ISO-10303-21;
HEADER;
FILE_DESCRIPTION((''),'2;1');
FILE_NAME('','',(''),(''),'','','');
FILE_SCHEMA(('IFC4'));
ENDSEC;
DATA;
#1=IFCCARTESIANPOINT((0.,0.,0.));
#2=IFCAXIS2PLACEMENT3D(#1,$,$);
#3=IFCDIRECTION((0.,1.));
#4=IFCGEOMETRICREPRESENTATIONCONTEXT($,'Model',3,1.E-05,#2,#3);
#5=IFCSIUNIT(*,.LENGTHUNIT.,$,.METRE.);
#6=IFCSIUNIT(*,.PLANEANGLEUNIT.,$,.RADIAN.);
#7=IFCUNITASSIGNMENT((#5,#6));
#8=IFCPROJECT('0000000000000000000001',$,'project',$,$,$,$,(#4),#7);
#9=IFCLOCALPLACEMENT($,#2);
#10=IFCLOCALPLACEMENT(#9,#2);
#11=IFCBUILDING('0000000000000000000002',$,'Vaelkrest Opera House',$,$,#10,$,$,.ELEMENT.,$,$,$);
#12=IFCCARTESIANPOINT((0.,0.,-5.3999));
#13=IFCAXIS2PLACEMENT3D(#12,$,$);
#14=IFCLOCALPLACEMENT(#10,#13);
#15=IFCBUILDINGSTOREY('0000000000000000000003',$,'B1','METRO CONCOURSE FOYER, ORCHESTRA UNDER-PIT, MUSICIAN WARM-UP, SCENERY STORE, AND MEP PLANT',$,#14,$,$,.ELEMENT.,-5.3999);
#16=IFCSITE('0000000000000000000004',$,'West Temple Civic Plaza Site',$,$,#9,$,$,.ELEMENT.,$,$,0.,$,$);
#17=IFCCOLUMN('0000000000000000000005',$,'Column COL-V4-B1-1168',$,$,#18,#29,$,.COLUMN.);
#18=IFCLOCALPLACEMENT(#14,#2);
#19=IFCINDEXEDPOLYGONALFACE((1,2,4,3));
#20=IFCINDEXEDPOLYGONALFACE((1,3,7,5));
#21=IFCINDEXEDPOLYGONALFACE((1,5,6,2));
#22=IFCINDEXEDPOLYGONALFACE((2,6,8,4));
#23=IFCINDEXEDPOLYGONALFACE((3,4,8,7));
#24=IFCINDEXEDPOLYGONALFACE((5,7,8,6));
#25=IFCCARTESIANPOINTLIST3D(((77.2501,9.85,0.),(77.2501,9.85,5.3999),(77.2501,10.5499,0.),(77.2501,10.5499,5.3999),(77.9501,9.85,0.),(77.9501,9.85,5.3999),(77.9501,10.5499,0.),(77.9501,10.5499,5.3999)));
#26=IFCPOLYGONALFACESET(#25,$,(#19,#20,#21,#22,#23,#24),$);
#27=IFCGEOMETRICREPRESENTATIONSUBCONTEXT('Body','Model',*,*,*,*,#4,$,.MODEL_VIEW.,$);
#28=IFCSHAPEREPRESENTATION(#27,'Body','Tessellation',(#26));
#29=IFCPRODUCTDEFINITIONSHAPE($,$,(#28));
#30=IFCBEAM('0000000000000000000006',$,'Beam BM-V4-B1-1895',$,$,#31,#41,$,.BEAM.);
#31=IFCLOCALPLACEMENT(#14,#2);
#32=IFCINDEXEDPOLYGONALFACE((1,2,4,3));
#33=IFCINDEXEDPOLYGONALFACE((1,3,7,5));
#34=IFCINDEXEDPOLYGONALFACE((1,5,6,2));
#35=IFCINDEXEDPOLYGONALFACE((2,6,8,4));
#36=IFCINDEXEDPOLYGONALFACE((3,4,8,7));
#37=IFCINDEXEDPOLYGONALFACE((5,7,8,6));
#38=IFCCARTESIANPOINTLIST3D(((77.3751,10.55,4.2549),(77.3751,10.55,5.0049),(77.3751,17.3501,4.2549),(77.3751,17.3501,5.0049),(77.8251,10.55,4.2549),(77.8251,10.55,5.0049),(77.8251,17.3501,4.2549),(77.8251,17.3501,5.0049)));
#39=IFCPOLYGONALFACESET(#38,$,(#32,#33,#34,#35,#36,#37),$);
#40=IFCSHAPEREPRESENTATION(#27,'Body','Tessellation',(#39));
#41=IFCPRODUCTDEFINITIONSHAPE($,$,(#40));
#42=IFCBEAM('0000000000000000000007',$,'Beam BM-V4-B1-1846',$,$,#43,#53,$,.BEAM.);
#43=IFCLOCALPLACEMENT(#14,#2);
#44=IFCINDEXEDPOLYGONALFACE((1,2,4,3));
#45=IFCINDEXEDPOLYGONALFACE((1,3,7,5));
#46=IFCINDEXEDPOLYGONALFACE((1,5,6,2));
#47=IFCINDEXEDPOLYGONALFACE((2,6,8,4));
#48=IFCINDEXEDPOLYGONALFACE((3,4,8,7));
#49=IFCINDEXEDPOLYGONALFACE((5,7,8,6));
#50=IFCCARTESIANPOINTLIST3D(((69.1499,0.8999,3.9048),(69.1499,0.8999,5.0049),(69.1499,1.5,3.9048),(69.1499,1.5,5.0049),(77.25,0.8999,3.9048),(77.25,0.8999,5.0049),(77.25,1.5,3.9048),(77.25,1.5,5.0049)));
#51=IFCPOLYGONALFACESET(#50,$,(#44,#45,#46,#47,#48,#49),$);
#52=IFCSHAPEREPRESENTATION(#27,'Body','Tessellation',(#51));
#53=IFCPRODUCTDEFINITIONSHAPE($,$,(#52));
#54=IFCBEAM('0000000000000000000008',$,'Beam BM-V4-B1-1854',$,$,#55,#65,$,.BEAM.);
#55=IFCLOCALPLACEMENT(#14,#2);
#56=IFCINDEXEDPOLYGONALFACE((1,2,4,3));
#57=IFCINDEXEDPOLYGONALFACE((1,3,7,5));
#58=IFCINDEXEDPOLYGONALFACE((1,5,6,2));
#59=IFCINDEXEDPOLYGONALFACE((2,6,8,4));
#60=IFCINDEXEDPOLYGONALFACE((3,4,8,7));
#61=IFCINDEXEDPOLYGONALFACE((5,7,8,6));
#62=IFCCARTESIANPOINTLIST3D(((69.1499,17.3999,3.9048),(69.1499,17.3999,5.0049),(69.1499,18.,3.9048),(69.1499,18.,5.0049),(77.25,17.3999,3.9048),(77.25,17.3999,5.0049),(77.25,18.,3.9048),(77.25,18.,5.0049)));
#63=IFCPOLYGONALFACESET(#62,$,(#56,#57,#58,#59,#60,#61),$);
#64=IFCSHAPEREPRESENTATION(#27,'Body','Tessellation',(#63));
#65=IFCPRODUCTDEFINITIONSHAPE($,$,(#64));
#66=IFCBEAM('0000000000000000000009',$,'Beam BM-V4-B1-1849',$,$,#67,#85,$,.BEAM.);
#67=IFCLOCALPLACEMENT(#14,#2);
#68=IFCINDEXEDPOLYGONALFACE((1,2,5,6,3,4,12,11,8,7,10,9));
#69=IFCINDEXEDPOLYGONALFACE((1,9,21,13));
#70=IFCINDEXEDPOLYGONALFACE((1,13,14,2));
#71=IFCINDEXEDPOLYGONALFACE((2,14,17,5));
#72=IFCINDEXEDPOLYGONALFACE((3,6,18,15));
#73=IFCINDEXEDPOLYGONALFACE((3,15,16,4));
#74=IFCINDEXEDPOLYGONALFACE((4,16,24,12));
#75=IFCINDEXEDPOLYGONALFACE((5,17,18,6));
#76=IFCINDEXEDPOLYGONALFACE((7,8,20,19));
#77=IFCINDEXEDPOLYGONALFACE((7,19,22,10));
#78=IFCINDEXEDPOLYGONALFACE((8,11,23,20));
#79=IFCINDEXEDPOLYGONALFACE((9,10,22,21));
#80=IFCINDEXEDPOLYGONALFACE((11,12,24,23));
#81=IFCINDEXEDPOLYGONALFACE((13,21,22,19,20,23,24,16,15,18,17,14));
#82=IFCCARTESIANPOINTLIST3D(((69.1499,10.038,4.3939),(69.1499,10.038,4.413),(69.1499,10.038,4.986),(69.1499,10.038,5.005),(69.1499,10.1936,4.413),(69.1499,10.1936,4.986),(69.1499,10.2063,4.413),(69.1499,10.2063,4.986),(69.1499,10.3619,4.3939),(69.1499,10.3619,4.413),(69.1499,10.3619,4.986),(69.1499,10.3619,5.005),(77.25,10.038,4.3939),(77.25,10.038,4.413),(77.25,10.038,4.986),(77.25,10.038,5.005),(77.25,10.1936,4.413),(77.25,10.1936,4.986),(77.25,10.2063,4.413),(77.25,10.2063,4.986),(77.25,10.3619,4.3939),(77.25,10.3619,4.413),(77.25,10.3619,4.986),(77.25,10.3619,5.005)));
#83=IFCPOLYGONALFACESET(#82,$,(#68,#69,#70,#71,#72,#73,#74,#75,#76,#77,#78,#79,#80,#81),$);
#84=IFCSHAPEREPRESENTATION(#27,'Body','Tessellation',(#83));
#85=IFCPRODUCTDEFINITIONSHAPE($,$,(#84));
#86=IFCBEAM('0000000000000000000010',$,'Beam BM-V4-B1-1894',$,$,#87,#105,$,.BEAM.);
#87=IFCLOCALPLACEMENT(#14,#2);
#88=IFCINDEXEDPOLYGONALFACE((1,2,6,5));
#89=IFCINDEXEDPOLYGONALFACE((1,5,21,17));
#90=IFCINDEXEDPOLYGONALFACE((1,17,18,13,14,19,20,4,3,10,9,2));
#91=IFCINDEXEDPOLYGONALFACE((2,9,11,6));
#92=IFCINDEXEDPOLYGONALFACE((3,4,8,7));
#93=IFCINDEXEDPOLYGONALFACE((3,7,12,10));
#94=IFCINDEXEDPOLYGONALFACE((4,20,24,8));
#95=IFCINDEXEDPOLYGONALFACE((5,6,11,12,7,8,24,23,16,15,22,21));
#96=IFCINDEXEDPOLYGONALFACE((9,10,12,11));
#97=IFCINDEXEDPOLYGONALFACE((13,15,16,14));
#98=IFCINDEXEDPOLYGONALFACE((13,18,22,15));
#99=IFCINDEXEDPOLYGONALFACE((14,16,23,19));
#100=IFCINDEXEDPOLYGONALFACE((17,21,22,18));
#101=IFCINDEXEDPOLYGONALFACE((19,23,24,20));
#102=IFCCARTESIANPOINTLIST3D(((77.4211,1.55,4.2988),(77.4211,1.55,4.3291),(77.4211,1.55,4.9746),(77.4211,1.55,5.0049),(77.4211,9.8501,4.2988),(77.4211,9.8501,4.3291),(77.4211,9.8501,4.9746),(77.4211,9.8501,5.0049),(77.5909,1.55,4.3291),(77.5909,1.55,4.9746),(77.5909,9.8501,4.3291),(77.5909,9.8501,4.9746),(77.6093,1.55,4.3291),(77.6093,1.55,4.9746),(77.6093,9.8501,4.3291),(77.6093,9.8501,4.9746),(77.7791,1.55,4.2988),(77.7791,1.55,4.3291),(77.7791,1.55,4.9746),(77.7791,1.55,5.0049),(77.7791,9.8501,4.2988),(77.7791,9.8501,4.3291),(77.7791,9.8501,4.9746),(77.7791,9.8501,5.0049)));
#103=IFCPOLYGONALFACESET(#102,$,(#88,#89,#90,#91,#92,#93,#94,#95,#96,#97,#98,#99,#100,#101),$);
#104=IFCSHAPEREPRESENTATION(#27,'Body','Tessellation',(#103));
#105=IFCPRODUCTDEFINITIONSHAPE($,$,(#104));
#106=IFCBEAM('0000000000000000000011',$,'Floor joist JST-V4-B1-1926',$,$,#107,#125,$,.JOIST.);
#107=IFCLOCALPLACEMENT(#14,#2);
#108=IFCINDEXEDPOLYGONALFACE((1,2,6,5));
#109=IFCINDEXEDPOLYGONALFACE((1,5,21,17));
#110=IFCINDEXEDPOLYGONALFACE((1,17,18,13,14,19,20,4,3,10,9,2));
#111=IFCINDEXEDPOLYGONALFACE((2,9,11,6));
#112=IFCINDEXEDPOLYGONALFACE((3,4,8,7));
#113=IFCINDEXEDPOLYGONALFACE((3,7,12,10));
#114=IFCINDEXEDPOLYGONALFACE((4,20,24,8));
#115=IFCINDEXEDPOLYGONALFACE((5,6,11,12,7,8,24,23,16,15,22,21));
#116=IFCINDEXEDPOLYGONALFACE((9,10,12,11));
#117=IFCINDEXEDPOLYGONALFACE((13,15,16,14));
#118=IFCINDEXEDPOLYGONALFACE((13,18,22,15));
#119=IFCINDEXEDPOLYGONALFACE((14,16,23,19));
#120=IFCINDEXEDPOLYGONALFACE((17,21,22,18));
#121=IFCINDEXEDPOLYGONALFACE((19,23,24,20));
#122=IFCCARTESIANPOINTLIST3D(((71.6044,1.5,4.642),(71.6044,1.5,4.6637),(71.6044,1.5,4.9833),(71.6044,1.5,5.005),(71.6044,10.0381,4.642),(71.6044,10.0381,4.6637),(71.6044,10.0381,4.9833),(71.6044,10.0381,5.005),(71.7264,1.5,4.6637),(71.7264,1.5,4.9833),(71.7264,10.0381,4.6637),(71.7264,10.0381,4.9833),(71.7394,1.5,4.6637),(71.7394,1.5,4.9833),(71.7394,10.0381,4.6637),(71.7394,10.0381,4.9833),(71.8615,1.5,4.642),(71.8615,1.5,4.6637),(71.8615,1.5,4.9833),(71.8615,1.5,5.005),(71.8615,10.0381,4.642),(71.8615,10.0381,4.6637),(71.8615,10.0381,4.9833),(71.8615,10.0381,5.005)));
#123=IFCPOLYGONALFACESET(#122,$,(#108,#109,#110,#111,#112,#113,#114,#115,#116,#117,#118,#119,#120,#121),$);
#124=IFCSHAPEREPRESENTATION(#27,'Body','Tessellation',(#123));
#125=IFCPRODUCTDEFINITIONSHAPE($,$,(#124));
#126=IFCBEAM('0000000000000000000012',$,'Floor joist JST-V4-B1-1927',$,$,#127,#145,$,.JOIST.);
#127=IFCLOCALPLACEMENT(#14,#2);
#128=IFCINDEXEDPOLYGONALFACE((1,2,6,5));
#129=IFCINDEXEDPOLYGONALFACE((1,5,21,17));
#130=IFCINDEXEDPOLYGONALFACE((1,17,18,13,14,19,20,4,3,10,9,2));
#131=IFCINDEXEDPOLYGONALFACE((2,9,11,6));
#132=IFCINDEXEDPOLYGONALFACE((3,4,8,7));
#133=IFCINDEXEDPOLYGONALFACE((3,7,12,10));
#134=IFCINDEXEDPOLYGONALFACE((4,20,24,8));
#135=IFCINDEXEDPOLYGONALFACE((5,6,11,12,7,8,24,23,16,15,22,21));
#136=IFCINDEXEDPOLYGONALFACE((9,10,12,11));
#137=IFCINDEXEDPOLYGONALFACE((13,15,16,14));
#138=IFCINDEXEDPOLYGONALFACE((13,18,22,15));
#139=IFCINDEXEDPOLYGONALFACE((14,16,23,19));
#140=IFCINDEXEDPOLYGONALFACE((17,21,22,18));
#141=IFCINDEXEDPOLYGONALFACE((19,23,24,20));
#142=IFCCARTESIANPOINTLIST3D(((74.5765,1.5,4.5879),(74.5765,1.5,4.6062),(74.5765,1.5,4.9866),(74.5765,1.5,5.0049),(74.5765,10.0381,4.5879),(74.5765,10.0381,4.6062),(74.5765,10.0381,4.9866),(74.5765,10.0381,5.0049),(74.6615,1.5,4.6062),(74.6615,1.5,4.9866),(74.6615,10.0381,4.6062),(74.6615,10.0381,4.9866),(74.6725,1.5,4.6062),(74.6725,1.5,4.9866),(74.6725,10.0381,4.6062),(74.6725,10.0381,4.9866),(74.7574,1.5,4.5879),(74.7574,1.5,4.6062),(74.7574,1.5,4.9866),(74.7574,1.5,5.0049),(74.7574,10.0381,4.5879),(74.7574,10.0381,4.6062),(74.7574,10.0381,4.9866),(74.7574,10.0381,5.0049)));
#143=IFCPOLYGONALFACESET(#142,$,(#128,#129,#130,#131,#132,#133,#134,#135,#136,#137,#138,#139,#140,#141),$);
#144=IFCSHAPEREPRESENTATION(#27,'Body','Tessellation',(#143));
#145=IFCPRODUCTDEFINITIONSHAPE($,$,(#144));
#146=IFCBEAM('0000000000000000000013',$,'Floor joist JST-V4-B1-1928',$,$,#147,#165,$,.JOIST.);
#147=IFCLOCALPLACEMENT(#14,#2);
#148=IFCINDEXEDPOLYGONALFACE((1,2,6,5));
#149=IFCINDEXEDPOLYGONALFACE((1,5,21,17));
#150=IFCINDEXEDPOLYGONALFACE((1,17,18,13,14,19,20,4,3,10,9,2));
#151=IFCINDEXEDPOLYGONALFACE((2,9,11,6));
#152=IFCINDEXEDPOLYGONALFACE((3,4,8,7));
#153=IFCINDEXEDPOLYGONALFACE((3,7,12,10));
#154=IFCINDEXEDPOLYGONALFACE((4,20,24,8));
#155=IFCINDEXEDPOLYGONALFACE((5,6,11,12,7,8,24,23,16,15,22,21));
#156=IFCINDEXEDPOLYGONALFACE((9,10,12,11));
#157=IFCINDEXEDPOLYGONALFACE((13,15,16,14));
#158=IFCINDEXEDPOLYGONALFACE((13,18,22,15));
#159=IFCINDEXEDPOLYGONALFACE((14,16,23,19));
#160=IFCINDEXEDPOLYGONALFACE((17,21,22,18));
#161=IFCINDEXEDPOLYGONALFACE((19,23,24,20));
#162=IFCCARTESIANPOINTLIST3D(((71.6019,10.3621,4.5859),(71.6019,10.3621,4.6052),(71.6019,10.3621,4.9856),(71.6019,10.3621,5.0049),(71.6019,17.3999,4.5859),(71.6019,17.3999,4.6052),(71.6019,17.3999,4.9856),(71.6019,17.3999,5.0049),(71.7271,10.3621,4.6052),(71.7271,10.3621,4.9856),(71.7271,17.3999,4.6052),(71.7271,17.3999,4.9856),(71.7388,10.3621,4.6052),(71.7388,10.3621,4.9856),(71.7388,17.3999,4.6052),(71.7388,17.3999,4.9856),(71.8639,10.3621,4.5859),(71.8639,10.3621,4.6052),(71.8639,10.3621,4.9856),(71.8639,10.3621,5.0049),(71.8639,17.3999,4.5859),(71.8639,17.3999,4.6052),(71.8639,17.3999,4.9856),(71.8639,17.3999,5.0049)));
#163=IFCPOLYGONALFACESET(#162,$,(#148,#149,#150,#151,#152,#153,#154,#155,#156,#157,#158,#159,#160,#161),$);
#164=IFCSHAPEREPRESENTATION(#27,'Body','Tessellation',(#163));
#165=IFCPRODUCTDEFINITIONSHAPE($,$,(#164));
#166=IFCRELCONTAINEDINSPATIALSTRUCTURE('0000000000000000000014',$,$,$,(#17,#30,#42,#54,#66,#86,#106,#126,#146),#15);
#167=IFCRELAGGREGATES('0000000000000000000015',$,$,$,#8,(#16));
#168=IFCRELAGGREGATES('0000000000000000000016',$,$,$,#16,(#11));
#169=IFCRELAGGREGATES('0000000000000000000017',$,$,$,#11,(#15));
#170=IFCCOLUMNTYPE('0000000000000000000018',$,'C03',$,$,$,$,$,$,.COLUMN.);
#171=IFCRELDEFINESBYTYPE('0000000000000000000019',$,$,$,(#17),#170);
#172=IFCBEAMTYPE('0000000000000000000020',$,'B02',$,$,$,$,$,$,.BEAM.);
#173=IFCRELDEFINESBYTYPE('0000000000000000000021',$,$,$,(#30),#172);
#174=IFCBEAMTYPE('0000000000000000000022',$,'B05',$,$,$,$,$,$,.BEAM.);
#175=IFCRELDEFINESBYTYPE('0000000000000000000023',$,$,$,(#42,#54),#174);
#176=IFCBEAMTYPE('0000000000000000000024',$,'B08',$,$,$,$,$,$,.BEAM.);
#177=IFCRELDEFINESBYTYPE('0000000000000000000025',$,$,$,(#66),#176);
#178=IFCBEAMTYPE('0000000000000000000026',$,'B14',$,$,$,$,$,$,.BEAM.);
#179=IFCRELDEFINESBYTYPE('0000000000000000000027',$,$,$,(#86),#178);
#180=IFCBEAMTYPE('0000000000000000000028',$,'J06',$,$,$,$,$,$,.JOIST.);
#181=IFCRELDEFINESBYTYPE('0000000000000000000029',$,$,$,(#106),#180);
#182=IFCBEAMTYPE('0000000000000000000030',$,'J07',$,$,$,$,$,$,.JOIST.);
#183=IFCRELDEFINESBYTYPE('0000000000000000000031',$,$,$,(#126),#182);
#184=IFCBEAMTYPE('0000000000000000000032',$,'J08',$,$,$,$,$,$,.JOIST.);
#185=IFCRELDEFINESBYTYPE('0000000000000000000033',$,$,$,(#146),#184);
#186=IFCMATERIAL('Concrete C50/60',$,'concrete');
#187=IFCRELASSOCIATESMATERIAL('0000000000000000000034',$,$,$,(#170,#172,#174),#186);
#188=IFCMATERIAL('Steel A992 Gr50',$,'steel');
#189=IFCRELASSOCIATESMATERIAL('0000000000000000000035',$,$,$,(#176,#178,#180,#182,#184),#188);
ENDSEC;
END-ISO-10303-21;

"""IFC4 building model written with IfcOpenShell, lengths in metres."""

from ifc_helpers import new_model, si_unit, direction, frame, origin, origin_2d, place, context, subcontext, project, spatial, rectangle, i_section, extrude, material, material_profile, profile_set, type_object, element, save


model = new_model("IFC4")

# Units and contexts
model_context = context("Model", 3, precision=1e-05, world=origin(), true_north=direction((0.0, 1.0)))
body_context = subcontext(model_context, "Body", "Model", "MODEL_VIEW")
ifc_project = project(units=[si_unit("LENGTHUNIT", "METRE"), si_unit("PLANEANGLEUNIT", "RADIAN")], contexts=[model_context])

# Site, building, storey
site_placement = place(None, origin())
site = spatial("IfcSite", under=ifc_project, at=site_placement, Name="West Temple Civic Plaza Site", CompositionType="ELEMENT", RefElevation=0.0)
building_placement = place(site_placement, origin())
building = spatial("IfcBuilding", under=site, at=building_placement, Name="Vaelkrest Opera House", CompositionType="ELEMENT")
storey_placement = place(building_placement, frame((0.0, 0.0, -5.3999)))
storey = spatial("IfcBuildingStorey", under=building, at=storey_placement, Name="B1", Description="METRO CONCOURSE FOYER, ORCHESTRA UNDER-PIT, MUSICIAN WARM-UP, SCENERY STORE, AND MEP PLANT", CompositionType="ELEMENT", Elevation=-5.3999)

# Column
ifc_material_1 = material(Name="Concrete C50/60", Category="concrete")
ifc_material_profile_1 = material_profile(ifc_material_1, rectangle(XDim=0.7, YDim=0.7, at=origin_2d()), Name="RC700X700")
ifc_profile_set_1 = profile_set([ifc_material_profile_1], Name="Concrete C50/60")
column_type = type_object("IfcColumnType", Name="C03", PredefinedType="COLUMN", material=ifc_profile_set_1)
for number, where, z_axis, x_axis, name in (
    (1, (77.6001, 10.2, 0.0), (0.0, 0.0, 1.0), (1.0, 0.0, 0.0), "Column COL-V4-B1-1168"),
):
    element("IfcColumn", number, at=place(storey_placement, frame(where, z_axis=z_axis, x_axis=x_axis)), inside=storey, type_object=column_type, Name=name, PredefinedType="COLUMN", context=body_context, shape_type="SweptSolid", body=[
        extrude(rectangle(XDim=0.7, YDim=0.7, at=origin_2d()), origin(), (0.0, 0.0, 1.0), 5.3999),
    ])

# Beams
ifc_material_profile_2 = material_profile(ifc_material_1, rectangle(XDim=0.45, YDim=0.75, at=origin_2d()), Name="RCB450X750")
ifc_profile_set_2 = profile_set([ifc_material_profile_2], Name="Concrete C50/60")
beam_type_1 = type_object("IfcBeamType", Name="B02", PredefinedType="BEAM", material=ifc_profile_set_2)
beam_1_placement = place(storey_placement, frame((77.6001, 10.55, 4.6299), z_axis=(0.0, 1.0, 0.0), x_axis=(-1.0, 0.0, 0.0)))
element("IfcBeam", 2, at=beam_1_placement, inside=storey, type_object=beam_type_1, Name="Beam BM-V4-B1-1895", PredefinedType="BEAM", context=body_context, shape_type="SweptSolid", body=[
    extrude(rectangle(XDim=0.45, YDim=0.75, at=origin_2d()), origin(), (0.0, 0.0, 1.0), 6.8),
])
ifc_material_profile_3 = material_profile(ifc_material_1, rectangle(XDim=0.6001, YDim=1.1001, at=origin_2d()), Name="RCB600X1100")
ifc_profile_set_3 = profile_set([ifc_material_profile_3], Name="Concrete C50/60")
beam_type_2 = type_object("IfcBeamType", Name="B05", PredefinedType="BEAM", material=ifc_profile_set_3)
for number, where, z_axis, x_axis, name in (
    (3, (69.1499, 1.2, 4.4548), (1.0, 0.0, 0.0), (0.0, 1.0, 0.0), "Beam BM-V4-B1-1846"),
    (4, (69.1499, 17.7, 4.4548), (1.0, 0.0, 0.0), (0.0, 1.0, 0.0), "Beam BM-V4-B1-1854"),
):
    element("IfcBeam", number, at=place(storey_placement, frame(where, z_axis=z_axis, x_axis=x_axis)), inside=storey, type_object=beam_type_2, Name=name, PredefinedType="BEAM", context=body_context, shape_type="SweptSolid", body=[
        extrude(rectangle(XDim=0.6001, YDim=1.1001, at=origin_2d()), origin(), (0.0, 0.0, 1.0), 8.1001),
    ])
ifc_material_2 = material(Name="Steel A992 Gr50", Category="steel")
ifc_material_profile_4 = material_profile(ifc_material_2, i_section(OverallWidth=0.324, OverallDepth=0.6111, WebThickness=0.0127, FlangeThickness=0.019, at=origin_2d()), Name="W24X104")
ifc_profile_set_4 = profile_set([ifc_material_profile_4], Name="Steel A992 Gr50")
beam_type_3 = type_object("IfcBeamType", Name="B08", PredefinedType="BEAM", material=ifc_profile_set_4)
beam_2_placement = place(storey_placement, frame((69.1499, 10.2, 4.6995), z_axis=(1.0, 0.0, 0.0), x_axis=(0.0, 1.0, 0.0)))
element("IfcBeam", 5, at=beam_2_placement, inside=storey, type_object=beam_type_3, Name="Beam BM-V4-B1-1849", PredefinedType="BEAM", context=body_context, shape_type="SweptSolid", body=[
    extrude(i_section(OverallWidth=0.324, OverallDepth=0.6111, WebThickness=0.0127, FlangeThickness=0.019, at=origin_2d()), origin(), (0.0, 0.0, 1.0), 8.1001),
])
ifc_material_profile_5 = material_profile(ifc_material_2, i_section(OverallWidth=0.3579, OverallDepth=0.7061, WebThickness=0.0183, FlangeThickness=0.0303, at=origin_2d()), Name="W27X178")
ifc_profile_set_5 = profile_set([ifc_material_profile_5], Name="Steel A992 Gr50")
beam_type_4 = type_object("IfcBeamType", Name="B14", PredefinedType="BEAM", material=ifc_profile_set_5)
beam_3_placement = place(storey_placement, frame((77.6001, 1.55, 4.6519), z_axis=(0.0, 1.0, 0.0), x_axis=(-1.0, 0.0, 0.0)))
element("IfcBeam", 6, at=beam_3_placement, inside=storey, type_object=beam_type_4, Name="Beam BM-V4-B1-1894", PredefinedType="BEAM", context=body_context, shape_type="SweptSolid", body=[
    extrude(i_section(OverallWidth=0.3579, OverallDepth=0.7061, WebThickness=0.0183, FlangeThickness=0.0303, at=origin_2d()), origin(), (0.0, 0.0, 1.0), 8.3),
])
ifc_material_profile_6 = material_profile(ifc_material_2, i_section(OverallWidth=0.2571, OverallDepth=0.363, WebThickness=0.0129, FlangeThickness=0.0217, at=origin_2d()), Name="W14X82")
ifc_profile_set_6 = profile_set([ifc_material_profile_6], Name="Steel A992 Gr50")
beam_type_5 = type_object("IfcBeamType", Name="J06", PredefinedType="JOIST", material=ifc_profile_set_6)
beam_4_placement = place(storey_placement, frame((71.7329, 1.5, 4.8235), z_axis=(0.0, 1.0, 0.0), x_axis=(-1.0, 0.0, 0.0)))
element("IfcBeam", 7, at=beam_4_placement, inside=storey, type_object=beam_type_5, Name="Floor joist JST-V4-B1-1926", PredefinedType="JOIST", context=body_context, shape_type="SweptSolid", body=[
    extrude(i_section(OverallWidth=0.2571, OverallDepth=0.363, WebThickness=0.0129, FlangeThickness=0.0217, at=origin_2d()), origin(), (0.0, 0.0, 1.0), 8.5381),
])
ifc_material_profile_7 = material_profile(ifc_material_2, i_section(OverallWidth=0.1809, OverallDepth=0.417, WebThickness=0.011, FlangeThickness=0.0183, at=origin_2d()), Name="W16X57")
ifc_profile_set_7 = profile_set([ifc_material_profile_7], Name="Steel A992 Gr50")
beam_type_6 = type_object("IfcBeamType", Name="J07", PredefinedType="JOIST", material=ifc_profile_set_7)
beam_5_placement = place(storey_placement, frame((74.667, 1.5, 4.7964), z_axis=(0.0, 1.0, 0.0), x_axis=(-1.0, 0.0, 0.0)))
element("IfcBeam", 8, at=beam_5_placement, inside=storey, type_object=beam_type_6, Name="Floor joist JST-V4-B1-1927", PredefinedType="JOIST", context=body_context, shape_type="SweptSolid", body=[
    extrude(i_section(OverallWidth=0.1809, OverallDepth=0.417, WebThickness=0.011, FlangeThickness=0.0183, at=origin_2d()), origin(), (0.0, 0.0, 1.0), 8.5381),
])
ifc_material_profile_8 = material_profile(ifc_material_2, i_section(OverallWidth=0.262, OverallDepth=0.4189, WebThickness=0.0117, FlangeThickness=0.0193, at=origin_2d()), Name="W16X77")
ifc_profile_set_8 = profile_set([ifc_material_profile_8], Name="Steel A992 Gr50")
beam_type_7 = type_object("IfcBeamType", Name="J08", PredefinedType="JOIST", material=ifc_profile_set_8)
beam_6_placement = place(storey_placement, frame((71.7329, 10.3621, 4.7954), z_axis=(0.0, 1.0, 0.0), x_axis=(-1.0, 0.0, 0.0)))
element("IfcBeam", 9, at=beam_6_placement, inside=storey, type_object=beam_type_7, Name="Floor joist JST-V4-B1-1928", PredefinedType="JOIST", context=body_context, shape_type="SweptSolid", body=[
    extrude(i_section(OverallWidth=0.262, OverallDepth=0.4189, WebThickness=0.0117, FlangeThickness=0.0193, at=origin_2d()), origin(), (0.0, 0.0, 1.0), 7.0378),
])

save(model, "model.ifc")
